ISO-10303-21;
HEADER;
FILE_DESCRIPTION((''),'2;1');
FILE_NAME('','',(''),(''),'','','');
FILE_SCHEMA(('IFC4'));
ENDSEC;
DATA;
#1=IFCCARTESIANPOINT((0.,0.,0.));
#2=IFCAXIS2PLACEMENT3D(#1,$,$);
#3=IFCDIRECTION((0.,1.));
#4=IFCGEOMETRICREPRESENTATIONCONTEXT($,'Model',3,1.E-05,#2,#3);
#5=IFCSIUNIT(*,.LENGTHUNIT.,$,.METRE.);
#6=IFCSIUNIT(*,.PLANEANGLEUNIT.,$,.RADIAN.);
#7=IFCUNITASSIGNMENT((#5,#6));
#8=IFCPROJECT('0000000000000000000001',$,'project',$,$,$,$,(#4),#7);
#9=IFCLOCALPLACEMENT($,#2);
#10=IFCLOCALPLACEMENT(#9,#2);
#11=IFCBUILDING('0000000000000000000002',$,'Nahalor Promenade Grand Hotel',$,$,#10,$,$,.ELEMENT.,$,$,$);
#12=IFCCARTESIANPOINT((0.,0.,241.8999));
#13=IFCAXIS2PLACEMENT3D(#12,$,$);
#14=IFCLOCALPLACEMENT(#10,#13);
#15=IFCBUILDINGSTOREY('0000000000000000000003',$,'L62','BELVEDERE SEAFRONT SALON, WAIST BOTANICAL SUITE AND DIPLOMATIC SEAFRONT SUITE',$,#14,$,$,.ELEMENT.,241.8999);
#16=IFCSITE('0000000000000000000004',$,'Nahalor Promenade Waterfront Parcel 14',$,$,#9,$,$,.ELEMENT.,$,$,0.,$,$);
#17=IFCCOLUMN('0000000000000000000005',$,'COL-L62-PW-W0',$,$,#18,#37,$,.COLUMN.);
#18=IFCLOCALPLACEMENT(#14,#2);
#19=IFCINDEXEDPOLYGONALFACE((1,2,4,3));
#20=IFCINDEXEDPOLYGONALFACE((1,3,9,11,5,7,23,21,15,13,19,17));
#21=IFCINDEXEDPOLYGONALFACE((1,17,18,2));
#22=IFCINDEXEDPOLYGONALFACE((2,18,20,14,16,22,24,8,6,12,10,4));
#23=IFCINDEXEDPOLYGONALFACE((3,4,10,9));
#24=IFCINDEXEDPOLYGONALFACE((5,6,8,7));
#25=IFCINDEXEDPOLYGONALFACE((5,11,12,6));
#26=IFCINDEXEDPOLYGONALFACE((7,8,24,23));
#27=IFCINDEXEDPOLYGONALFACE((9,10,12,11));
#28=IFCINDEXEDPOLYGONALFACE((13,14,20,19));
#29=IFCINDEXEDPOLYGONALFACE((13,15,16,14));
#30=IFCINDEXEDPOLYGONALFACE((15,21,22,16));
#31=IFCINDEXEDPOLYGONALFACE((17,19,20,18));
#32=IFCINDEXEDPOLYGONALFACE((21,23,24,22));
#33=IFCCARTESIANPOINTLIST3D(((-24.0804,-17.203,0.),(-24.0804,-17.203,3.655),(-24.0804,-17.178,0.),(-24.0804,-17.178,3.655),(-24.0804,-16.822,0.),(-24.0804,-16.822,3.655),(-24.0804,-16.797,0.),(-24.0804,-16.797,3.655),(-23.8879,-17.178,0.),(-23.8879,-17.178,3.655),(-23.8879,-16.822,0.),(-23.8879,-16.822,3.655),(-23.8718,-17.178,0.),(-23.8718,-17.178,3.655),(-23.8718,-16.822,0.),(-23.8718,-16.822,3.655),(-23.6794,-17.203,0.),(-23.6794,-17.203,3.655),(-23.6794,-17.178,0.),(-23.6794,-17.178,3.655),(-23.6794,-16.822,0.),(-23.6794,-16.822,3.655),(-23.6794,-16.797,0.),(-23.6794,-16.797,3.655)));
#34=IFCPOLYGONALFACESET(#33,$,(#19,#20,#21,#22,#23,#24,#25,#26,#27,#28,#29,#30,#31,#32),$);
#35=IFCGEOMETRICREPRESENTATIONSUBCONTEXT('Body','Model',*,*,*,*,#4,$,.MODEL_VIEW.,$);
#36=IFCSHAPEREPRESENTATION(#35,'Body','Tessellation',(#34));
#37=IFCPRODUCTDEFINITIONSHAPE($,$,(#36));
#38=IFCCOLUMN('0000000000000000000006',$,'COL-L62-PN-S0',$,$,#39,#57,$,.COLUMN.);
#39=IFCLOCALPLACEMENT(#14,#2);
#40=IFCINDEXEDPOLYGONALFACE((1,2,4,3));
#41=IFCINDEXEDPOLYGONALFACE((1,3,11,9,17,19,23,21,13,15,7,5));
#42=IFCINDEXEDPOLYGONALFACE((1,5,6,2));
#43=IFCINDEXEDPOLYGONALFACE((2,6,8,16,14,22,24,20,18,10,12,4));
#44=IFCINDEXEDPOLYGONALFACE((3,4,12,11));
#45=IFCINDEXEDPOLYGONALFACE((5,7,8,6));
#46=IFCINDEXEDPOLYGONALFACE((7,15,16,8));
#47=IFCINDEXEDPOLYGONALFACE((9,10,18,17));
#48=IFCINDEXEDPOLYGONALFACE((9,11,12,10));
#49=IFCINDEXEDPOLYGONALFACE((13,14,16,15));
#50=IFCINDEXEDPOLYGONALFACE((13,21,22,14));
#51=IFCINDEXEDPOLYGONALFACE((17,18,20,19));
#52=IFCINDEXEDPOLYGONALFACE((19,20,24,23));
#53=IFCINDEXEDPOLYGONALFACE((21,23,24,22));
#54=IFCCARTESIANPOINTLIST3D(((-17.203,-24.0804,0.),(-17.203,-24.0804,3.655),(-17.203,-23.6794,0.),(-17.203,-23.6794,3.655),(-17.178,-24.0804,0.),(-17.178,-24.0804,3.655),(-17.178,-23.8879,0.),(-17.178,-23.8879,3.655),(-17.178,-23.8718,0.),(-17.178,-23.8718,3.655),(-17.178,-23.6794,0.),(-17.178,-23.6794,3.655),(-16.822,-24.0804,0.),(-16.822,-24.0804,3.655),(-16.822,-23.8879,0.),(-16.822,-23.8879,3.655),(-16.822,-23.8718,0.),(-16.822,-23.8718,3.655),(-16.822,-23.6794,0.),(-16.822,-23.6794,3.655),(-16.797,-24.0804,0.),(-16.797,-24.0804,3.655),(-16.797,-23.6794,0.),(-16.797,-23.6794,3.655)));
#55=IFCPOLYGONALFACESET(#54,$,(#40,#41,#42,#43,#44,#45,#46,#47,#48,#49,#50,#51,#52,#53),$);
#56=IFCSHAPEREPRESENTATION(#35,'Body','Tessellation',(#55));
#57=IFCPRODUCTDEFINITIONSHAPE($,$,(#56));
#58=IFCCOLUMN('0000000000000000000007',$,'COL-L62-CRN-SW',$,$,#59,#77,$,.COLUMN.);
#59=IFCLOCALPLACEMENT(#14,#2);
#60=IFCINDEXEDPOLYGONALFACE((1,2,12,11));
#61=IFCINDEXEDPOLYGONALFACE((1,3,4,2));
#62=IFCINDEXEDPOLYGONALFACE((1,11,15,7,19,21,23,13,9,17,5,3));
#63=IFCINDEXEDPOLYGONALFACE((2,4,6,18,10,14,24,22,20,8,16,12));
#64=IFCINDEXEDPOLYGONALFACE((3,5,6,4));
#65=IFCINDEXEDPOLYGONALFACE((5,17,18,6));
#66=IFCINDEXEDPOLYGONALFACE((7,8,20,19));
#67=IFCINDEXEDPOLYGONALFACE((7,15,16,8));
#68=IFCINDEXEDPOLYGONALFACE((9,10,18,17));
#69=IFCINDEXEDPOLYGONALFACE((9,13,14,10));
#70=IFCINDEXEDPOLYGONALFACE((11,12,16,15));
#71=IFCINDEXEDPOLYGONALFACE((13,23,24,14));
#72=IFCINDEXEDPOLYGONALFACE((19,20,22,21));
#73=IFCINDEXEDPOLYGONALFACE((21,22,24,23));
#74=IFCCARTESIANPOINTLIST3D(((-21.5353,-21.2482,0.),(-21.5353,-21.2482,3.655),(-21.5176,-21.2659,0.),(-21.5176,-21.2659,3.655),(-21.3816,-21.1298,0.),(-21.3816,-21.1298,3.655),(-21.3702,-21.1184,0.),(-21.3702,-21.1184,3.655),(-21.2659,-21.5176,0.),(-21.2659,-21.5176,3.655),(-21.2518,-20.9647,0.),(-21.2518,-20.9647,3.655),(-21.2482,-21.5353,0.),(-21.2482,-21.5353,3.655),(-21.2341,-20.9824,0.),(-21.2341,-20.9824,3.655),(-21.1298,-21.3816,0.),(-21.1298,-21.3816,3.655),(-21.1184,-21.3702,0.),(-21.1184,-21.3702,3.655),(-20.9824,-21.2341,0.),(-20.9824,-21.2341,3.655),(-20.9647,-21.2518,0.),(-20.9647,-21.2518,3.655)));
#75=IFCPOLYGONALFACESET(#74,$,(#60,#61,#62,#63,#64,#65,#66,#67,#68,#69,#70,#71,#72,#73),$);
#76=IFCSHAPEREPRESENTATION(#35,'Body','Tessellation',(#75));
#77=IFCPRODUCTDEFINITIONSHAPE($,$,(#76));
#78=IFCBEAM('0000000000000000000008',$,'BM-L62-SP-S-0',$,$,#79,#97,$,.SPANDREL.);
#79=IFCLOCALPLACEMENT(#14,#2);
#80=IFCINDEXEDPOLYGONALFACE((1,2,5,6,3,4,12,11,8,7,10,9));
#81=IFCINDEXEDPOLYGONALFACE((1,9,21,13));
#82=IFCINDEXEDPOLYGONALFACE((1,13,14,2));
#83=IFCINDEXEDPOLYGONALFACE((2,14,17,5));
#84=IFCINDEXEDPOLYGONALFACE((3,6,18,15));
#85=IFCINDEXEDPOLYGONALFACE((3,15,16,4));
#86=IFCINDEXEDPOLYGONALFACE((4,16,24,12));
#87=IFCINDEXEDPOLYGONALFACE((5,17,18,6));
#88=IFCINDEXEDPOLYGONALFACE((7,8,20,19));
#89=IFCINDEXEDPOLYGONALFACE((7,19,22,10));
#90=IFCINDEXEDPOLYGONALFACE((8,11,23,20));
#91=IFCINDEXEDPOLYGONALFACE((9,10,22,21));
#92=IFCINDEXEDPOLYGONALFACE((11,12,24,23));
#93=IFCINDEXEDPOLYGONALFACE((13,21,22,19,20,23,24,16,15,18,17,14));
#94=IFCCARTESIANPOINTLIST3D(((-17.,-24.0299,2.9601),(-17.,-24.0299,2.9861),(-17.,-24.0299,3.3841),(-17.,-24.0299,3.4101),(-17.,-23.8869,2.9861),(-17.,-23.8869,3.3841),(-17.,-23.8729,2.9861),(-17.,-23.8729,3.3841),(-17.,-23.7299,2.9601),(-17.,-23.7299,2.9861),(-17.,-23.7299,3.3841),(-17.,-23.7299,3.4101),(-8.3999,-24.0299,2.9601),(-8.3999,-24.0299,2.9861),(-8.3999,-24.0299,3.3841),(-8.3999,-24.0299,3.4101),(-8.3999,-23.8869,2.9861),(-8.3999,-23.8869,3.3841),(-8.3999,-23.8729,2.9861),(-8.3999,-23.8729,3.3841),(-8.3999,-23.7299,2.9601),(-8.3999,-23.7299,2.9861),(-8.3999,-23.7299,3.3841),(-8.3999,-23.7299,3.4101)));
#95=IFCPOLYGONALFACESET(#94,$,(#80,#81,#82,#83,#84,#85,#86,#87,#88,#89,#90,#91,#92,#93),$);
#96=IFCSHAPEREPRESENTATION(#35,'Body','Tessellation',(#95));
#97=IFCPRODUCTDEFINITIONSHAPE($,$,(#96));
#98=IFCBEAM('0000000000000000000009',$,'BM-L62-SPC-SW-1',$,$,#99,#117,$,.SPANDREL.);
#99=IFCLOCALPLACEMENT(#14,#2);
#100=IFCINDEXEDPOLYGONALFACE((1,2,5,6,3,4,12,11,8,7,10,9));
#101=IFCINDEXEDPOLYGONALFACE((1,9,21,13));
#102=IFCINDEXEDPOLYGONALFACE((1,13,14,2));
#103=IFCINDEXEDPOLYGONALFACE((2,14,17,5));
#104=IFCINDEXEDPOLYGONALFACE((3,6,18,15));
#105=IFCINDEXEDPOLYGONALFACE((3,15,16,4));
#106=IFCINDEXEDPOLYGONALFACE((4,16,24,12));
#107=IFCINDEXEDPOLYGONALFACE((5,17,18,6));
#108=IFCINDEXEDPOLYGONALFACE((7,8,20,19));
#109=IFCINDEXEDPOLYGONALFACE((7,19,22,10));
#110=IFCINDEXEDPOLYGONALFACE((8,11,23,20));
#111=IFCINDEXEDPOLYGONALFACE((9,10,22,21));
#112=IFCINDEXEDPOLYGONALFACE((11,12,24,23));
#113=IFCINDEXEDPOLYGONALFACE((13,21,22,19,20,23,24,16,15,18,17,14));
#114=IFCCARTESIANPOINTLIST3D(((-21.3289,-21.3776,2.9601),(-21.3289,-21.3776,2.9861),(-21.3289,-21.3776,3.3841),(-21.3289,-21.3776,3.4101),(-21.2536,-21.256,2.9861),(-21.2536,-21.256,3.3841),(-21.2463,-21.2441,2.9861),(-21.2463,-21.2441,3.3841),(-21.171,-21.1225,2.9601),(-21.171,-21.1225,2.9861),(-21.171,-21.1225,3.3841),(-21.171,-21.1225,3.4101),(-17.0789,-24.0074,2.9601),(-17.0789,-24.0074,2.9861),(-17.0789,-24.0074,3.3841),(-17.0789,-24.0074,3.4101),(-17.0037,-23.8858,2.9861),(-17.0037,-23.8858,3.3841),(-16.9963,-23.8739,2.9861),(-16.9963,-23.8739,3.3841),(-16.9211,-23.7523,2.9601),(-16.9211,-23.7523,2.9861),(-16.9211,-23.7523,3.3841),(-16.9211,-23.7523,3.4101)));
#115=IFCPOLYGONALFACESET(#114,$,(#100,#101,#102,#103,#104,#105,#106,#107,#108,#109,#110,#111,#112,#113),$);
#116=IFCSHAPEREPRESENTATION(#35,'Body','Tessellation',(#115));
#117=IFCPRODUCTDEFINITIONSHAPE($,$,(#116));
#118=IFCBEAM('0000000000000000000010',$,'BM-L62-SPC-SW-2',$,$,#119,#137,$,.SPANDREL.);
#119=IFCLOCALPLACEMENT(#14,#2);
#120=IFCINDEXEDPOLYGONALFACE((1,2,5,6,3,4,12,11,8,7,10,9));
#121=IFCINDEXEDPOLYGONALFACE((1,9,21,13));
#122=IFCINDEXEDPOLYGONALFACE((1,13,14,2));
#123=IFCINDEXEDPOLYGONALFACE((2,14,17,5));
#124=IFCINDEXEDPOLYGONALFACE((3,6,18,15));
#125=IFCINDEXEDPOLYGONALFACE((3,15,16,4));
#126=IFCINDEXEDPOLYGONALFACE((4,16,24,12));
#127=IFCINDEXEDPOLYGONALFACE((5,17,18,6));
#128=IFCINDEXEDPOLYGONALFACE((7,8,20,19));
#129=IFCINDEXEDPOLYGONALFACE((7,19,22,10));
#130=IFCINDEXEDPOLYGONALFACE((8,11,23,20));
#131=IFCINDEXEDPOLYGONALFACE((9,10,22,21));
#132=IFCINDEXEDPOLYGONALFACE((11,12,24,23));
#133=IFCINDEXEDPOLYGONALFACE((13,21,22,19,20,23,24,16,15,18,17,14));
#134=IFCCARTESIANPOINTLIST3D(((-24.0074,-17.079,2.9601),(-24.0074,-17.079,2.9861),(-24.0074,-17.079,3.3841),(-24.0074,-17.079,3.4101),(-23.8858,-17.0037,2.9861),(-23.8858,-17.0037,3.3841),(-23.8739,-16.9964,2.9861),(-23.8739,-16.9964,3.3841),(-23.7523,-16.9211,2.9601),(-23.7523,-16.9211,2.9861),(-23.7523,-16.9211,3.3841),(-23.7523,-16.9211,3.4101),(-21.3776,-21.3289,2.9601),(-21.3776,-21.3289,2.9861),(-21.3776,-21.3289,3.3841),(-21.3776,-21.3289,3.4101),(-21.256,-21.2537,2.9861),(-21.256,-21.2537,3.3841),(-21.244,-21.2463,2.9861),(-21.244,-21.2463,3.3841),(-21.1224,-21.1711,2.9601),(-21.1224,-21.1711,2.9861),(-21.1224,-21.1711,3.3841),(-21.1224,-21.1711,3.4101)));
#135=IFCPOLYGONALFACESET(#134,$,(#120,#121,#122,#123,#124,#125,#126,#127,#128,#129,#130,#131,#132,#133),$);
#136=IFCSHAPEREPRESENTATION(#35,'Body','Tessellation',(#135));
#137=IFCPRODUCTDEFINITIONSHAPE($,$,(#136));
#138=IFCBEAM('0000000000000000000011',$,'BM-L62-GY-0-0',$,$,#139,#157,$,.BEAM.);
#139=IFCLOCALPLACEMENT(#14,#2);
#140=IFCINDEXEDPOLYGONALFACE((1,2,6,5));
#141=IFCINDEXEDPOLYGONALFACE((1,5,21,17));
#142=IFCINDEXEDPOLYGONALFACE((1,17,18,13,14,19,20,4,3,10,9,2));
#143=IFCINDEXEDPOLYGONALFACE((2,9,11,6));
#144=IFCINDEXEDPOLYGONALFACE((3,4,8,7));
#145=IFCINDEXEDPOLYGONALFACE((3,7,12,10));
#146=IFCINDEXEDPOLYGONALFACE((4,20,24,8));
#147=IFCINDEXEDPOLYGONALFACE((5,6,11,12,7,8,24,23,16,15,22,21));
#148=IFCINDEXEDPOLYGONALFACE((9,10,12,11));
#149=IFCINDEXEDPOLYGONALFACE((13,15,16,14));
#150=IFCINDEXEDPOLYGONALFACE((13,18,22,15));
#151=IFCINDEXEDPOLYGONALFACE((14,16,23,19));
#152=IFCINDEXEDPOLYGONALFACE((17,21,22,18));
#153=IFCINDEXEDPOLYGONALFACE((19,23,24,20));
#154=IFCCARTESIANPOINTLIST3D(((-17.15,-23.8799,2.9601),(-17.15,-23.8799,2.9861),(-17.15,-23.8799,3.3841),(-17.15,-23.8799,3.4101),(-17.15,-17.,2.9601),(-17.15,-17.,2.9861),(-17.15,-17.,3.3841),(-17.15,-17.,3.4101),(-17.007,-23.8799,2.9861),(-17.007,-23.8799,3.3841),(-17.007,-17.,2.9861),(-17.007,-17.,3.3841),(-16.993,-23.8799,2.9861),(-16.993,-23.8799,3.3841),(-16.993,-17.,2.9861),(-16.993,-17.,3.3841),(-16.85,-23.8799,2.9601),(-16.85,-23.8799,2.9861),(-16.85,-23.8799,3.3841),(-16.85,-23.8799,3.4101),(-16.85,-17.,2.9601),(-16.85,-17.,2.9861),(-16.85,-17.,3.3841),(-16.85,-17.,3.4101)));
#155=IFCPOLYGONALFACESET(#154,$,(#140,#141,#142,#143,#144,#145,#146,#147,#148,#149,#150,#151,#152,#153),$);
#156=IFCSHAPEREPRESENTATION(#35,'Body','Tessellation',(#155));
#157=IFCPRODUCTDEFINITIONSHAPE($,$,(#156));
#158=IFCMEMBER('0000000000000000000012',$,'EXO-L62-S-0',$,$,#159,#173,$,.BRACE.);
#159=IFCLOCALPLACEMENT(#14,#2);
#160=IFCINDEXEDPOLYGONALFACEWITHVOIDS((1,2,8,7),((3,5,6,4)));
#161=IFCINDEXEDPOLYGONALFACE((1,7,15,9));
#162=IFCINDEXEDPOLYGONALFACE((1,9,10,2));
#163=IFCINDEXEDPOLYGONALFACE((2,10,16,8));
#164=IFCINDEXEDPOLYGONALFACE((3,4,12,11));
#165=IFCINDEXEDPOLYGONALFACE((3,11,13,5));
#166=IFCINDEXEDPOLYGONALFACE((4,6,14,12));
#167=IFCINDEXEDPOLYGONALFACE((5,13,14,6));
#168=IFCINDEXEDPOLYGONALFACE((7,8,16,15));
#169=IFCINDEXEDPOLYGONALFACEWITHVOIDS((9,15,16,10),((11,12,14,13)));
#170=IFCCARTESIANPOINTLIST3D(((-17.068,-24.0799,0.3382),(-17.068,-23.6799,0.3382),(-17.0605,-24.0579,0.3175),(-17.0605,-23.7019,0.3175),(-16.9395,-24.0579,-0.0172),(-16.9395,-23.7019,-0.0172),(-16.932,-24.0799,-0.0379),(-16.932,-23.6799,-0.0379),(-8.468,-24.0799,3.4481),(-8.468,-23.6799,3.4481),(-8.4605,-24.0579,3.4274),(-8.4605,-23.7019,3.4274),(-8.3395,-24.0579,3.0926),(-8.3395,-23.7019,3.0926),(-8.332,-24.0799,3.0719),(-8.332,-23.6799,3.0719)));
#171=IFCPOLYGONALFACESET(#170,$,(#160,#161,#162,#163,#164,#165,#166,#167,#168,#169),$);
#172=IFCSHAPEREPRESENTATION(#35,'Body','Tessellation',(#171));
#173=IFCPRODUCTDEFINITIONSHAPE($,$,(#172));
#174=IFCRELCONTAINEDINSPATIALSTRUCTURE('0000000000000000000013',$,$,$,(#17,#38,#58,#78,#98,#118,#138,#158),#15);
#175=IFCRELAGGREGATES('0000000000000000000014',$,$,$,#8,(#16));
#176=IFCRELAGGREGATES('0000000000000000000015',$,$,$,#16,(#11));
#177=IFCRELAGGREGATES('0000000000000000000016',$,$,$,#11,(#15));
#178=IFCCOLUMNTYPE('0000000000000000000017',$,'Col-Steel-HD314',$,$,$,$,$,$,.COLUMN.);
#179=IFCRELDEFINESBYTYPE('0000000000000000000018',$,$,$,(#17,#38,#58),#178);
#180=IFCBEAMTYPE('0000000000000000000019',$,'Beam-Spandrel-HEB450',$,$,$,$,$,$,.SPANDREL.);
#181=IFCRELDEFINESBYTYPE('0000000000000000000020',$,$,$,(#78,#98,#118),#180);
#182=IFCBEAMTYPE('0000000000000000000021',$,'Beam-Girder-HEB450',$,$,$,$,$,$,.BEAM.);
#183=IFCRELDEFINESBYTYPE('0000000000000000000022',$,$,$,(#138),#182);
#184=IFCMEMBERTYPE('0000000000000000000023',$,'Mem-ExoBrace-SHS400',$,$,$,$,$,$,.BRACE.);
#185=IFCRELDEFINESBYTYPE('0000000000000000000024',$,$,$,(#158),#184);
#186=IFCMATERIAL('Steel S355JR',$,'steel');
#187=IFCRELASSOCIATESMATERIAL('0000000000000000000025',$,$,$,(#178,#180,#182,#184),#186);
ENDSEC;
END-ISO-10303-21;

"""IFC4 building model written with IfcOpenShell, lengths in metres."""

from ifc_helpers import new_model, si_unit, direction, frame, origin, origin_2d, place, context, subcontext, project, spatial, hollow_rectangle, i_section, extrude, source, transform, mapped, material, material_profile, profile_set, type_object, element, save


model = new_model("IFC4")

# Units and contexts
model_context = context("Model", 3, precision=1e-05, world=origin(), true_north=direction((0.0, 1.0)))
body_context = subcontext(model_context, "Body", "Model", "MODEL_VIEW")
ifc_project = project(units=[si_unit("LENGTHUNIT", "METRE"), si_unit("PLANEANGLEUNIT", "RADIAN")], contexts=[model_context])

# Site, building, storey
site_placement = place(None, origin())
site = spatial("IfcSite", under=ifc_project, at=site_placement, Name="Nahalor Promenade Waterfront Parcel 14", CompositionType="ELEMENT", RefElevation=0.0)
building_placement = place(site_placement, origin())
building = spatial("IfcBuilding", under=site, at=building_placement, Name="Nahalor Promenade Grand Hotel", CompositionType="ELEMENT")
storey_placement = place(building_placement, frame((0.0, 0.0, 241.8999)))
storey = spatial("IfcBuildingStorey", under=building, at=storey_placement, Name="L62", Description="BELVEDERE SEAFRONT SALON, WAIST BOTANICAL SUITE AND DIPLOMATIC SEAFRONT SUITE", CompositionType="ELEMENT", Elevation=241.8999)

# Columns
ifc_material_1 = material(Name="Steel S355JR", Category="steel")
ifc_material_profile_1 = material_profile(ifc_material_1, i_section(OverallWidth=0.401, OverallDepth=0.406, WebThickness=0.0161, FlangeThickness=0.025, at=origin_2d()), Name="HD 400x314")
ifc_profile_set_1 = profile_set([ifc_material_profile_1], Name="Steel S355JR")
column_type = type_object("IfcColumnType", Name="Col-Steel-HD314", PredefinedType="COLUMN", material=ifc_profile_set_1)
shared_shape_1 = source(origin(), body_context, "Body", "SweptSolid", [
    extrude(i_section(OverallWidth=0.401, OverallDepth=0.406, WebThickness=0.0161, FlangeThickness=0.025, at=origin_2d()), origin(), (0.0, 0.0, 1.0), 3.655),
])
for number, where, z_axis, x_axis, name in (
    (1, (-23.8799, -17.0, 0.0), (0.0, 0.0, 1.0), (1.0, 0.0, 0.0), "COL-L62-PW-W0"),
    (2, (-17.0, -23.8799, 0.0), (0.0, 0.0, 1.0), (0.0, 1.0, 0.0), "COL-L62-PN-S0"),
    (3, (-21.25, -21.25, 0.0), (0.0, 0.0, 1.0), (0.707107, 0.707107, 0.0), "COL-L62-CRN-SW"),
):
    element("IfcColumn", number, at=place(storey_placement, frame(where, z_axis=z_axis, x_axis=x_axis)), inside=storey, type_object=column_type, Name=name, PredefinedType="COLUMN", context=body_context, shape_type="MappedRepresentation", body=[
        mapped(shared_shape_1, transform((0.0, 0.0, 0.0), scale=1.0)),
    ])

# Beams
ifc_material_profile_2 = material_profile(ifc_material_1, i_section(OverallWidth=0.3, OverallDepth=0.45, WebThickness=0.014, FlangeThickness=0.026, at=origin_2d()), Name="HEB 450")
ifc_profile_set_2 = profile_set([ifc_material_profile_2], Name="Steel S355JR")
beam_type_1 = type_object("IfcBeamType", Name="Beam-Spandrel-HEB450", PredefinedType="SPANDREL", material=ifc_profile_set_2)
shared_shape_2 = source(origin(), body_context, "Body", "SweptSolid", [
    extrude(i_section(OverallWidth=0.3, OverallDepth=0.45, WebThickness=0.014, FlangeThickness=0.026, at=origin_2d()), origin(), (0.0, 0.0, 1.0), 8.6001),
])
beam_1_placement = place(storey_placement, frame((-17.0, -23.8799, 3.1851), z_axis=(1.0, 0.0, 0.0), x_axis=(0.0, 1.0, 0.0)))
element("IfcBeam", 4, at=beam_1_placement, inside=storey, type_object=beam_type_1, Name="BM-L62-SP-S-0", PredefinedType="SPANDREL", context=body_context, shape_type="MappedRepresentation", body=[
    mapped(shared_shape_2, transform((0.0, 0.0, 0.0), scale=1.0)),
])
shared_shape_3 = source(origin(), body_context, "Body", "SweptSolid", [
    extrude(i_section(OverallWidth=0.3, OverallDepth=0.45, WebThickness=0.014, FlangeThickness=0.026, at=origin_2d()), origin(), (0.0, 0.0, 1.0), 4.9978),
])
for number, where, z_axis, x_axis, name in (
    (5, (-17.0, -23.8799, 3.1851), (-0.850361, 0.5262, 0.0), (-0.5262, -0.850361, 0.0), "BM-L62-SPC-SW-1"),
    (6, (-21.25, -21.25, 3.1851), (-0.5262, 0.850361, 0.0), (-0.850361, -0.5262, 0.0), "BM-L62-SPC-SW-2"),
):
    element("IfcBeam", number, at=place(storey_placement, frame(where, z_axis=z_axis, x_axis=x_axis)), inside=storey, type_object=beam_type_1, Name=name, PredefinedType="SPANDREL", context=body_context, shape_type="MappedRepresentation", body=[
        mapped(shared_shape_3, transform((0.0, 0.0, 0.0), scale=1.0)),
    ])
ifc_material_profile_3 = material_profile(ifc_material_1, i_section(OverallWidth=0.3, OverallDepth=0.45, WebThickness=0.014, FlangeThickness=0.026, at=origin_2d()), Name="HEB 450")
ifc_profile_set_3 = profile_set([ifc_material_profile_3], Name="Steel S355JR")
beam_type_2 = type_object("IfcBeamType", Name="Beam-Girder-HEB450", PredefinedType="BEAM", material=ifc_profile_set_3)
shared_shape_4 = source(origin(), body_context, "Body", "SweptSolid", [
    extrude(i_section(OverallWidth=0.3, OverallDepth=0.45, WebThickness=0.014, FlangeThickness=0.026, at=origin_2d()), origin(), (0.0, 0.0, 1.0), 6.8799),
])
beam_2_placement = place(storey_placement, frame((-17.0, -23.8799, 3.1851), z_axis=(0.0, 1.0, 0.0), x_axis=(-1.0, 0.0, 0.0)))
element("IfcBeam", 7, at=beam_2_placement, inside=storey, type_object=beam_type_2, Name="BM-L62-GY-0-0", PredefinedType="BEAM", context=body_context, shape_type="MappedRepresentation", body=[
    mapped(shared_shape_4, transform((0.0, 0.0, 0.0), scale=1.0)),
])

# Member
ifc_material_profile_4 = material_profile(ifc_material_1, hollow_rectangle(XDim=0.4, YDim=0.4, WallThickness=0.022, at=origin_2d()), Name="SHS 400x400x22")
ifc_profile_set_4 = profile_set([ifc_material_profile_4], Name="Steel S355JR")
member_type_1 = type_object("IfcMemberType", Name="Mem-ExoBrace-SHS400", PredefinedType="BRACE", material=ifc_profile_set_4)
shared_shape_5 = source(origin(), body_context, "Body", "SweptSolid", [
    extrude(hollow_rectangle(XDim=0.4, YDim=0.4, WallThickness=0.022, at=origin_2d()), origin(), (0.0, 0.0, 1.0), 9.145),
])
member_1_placement = place(storey_placement, frame((-17.0, -23.8799, 0.1501), z_axis=(0.940405, 0.0, 0.340058), x_axis=(0.0, 1.0, 0.0)))
element("IfcMember", 8, at=member_1_placement, inside=storey, type_object=member_type_1, Name="EXO-L62-S-0", PredefinedType="BRACE", context=body_context, shape_type="MappedRepresentation", body=[
    mapped(shared_shape_5, transform((0.0, 0.0, 0.0), scale=1.0)),
])

save(model, "model.ifc")
